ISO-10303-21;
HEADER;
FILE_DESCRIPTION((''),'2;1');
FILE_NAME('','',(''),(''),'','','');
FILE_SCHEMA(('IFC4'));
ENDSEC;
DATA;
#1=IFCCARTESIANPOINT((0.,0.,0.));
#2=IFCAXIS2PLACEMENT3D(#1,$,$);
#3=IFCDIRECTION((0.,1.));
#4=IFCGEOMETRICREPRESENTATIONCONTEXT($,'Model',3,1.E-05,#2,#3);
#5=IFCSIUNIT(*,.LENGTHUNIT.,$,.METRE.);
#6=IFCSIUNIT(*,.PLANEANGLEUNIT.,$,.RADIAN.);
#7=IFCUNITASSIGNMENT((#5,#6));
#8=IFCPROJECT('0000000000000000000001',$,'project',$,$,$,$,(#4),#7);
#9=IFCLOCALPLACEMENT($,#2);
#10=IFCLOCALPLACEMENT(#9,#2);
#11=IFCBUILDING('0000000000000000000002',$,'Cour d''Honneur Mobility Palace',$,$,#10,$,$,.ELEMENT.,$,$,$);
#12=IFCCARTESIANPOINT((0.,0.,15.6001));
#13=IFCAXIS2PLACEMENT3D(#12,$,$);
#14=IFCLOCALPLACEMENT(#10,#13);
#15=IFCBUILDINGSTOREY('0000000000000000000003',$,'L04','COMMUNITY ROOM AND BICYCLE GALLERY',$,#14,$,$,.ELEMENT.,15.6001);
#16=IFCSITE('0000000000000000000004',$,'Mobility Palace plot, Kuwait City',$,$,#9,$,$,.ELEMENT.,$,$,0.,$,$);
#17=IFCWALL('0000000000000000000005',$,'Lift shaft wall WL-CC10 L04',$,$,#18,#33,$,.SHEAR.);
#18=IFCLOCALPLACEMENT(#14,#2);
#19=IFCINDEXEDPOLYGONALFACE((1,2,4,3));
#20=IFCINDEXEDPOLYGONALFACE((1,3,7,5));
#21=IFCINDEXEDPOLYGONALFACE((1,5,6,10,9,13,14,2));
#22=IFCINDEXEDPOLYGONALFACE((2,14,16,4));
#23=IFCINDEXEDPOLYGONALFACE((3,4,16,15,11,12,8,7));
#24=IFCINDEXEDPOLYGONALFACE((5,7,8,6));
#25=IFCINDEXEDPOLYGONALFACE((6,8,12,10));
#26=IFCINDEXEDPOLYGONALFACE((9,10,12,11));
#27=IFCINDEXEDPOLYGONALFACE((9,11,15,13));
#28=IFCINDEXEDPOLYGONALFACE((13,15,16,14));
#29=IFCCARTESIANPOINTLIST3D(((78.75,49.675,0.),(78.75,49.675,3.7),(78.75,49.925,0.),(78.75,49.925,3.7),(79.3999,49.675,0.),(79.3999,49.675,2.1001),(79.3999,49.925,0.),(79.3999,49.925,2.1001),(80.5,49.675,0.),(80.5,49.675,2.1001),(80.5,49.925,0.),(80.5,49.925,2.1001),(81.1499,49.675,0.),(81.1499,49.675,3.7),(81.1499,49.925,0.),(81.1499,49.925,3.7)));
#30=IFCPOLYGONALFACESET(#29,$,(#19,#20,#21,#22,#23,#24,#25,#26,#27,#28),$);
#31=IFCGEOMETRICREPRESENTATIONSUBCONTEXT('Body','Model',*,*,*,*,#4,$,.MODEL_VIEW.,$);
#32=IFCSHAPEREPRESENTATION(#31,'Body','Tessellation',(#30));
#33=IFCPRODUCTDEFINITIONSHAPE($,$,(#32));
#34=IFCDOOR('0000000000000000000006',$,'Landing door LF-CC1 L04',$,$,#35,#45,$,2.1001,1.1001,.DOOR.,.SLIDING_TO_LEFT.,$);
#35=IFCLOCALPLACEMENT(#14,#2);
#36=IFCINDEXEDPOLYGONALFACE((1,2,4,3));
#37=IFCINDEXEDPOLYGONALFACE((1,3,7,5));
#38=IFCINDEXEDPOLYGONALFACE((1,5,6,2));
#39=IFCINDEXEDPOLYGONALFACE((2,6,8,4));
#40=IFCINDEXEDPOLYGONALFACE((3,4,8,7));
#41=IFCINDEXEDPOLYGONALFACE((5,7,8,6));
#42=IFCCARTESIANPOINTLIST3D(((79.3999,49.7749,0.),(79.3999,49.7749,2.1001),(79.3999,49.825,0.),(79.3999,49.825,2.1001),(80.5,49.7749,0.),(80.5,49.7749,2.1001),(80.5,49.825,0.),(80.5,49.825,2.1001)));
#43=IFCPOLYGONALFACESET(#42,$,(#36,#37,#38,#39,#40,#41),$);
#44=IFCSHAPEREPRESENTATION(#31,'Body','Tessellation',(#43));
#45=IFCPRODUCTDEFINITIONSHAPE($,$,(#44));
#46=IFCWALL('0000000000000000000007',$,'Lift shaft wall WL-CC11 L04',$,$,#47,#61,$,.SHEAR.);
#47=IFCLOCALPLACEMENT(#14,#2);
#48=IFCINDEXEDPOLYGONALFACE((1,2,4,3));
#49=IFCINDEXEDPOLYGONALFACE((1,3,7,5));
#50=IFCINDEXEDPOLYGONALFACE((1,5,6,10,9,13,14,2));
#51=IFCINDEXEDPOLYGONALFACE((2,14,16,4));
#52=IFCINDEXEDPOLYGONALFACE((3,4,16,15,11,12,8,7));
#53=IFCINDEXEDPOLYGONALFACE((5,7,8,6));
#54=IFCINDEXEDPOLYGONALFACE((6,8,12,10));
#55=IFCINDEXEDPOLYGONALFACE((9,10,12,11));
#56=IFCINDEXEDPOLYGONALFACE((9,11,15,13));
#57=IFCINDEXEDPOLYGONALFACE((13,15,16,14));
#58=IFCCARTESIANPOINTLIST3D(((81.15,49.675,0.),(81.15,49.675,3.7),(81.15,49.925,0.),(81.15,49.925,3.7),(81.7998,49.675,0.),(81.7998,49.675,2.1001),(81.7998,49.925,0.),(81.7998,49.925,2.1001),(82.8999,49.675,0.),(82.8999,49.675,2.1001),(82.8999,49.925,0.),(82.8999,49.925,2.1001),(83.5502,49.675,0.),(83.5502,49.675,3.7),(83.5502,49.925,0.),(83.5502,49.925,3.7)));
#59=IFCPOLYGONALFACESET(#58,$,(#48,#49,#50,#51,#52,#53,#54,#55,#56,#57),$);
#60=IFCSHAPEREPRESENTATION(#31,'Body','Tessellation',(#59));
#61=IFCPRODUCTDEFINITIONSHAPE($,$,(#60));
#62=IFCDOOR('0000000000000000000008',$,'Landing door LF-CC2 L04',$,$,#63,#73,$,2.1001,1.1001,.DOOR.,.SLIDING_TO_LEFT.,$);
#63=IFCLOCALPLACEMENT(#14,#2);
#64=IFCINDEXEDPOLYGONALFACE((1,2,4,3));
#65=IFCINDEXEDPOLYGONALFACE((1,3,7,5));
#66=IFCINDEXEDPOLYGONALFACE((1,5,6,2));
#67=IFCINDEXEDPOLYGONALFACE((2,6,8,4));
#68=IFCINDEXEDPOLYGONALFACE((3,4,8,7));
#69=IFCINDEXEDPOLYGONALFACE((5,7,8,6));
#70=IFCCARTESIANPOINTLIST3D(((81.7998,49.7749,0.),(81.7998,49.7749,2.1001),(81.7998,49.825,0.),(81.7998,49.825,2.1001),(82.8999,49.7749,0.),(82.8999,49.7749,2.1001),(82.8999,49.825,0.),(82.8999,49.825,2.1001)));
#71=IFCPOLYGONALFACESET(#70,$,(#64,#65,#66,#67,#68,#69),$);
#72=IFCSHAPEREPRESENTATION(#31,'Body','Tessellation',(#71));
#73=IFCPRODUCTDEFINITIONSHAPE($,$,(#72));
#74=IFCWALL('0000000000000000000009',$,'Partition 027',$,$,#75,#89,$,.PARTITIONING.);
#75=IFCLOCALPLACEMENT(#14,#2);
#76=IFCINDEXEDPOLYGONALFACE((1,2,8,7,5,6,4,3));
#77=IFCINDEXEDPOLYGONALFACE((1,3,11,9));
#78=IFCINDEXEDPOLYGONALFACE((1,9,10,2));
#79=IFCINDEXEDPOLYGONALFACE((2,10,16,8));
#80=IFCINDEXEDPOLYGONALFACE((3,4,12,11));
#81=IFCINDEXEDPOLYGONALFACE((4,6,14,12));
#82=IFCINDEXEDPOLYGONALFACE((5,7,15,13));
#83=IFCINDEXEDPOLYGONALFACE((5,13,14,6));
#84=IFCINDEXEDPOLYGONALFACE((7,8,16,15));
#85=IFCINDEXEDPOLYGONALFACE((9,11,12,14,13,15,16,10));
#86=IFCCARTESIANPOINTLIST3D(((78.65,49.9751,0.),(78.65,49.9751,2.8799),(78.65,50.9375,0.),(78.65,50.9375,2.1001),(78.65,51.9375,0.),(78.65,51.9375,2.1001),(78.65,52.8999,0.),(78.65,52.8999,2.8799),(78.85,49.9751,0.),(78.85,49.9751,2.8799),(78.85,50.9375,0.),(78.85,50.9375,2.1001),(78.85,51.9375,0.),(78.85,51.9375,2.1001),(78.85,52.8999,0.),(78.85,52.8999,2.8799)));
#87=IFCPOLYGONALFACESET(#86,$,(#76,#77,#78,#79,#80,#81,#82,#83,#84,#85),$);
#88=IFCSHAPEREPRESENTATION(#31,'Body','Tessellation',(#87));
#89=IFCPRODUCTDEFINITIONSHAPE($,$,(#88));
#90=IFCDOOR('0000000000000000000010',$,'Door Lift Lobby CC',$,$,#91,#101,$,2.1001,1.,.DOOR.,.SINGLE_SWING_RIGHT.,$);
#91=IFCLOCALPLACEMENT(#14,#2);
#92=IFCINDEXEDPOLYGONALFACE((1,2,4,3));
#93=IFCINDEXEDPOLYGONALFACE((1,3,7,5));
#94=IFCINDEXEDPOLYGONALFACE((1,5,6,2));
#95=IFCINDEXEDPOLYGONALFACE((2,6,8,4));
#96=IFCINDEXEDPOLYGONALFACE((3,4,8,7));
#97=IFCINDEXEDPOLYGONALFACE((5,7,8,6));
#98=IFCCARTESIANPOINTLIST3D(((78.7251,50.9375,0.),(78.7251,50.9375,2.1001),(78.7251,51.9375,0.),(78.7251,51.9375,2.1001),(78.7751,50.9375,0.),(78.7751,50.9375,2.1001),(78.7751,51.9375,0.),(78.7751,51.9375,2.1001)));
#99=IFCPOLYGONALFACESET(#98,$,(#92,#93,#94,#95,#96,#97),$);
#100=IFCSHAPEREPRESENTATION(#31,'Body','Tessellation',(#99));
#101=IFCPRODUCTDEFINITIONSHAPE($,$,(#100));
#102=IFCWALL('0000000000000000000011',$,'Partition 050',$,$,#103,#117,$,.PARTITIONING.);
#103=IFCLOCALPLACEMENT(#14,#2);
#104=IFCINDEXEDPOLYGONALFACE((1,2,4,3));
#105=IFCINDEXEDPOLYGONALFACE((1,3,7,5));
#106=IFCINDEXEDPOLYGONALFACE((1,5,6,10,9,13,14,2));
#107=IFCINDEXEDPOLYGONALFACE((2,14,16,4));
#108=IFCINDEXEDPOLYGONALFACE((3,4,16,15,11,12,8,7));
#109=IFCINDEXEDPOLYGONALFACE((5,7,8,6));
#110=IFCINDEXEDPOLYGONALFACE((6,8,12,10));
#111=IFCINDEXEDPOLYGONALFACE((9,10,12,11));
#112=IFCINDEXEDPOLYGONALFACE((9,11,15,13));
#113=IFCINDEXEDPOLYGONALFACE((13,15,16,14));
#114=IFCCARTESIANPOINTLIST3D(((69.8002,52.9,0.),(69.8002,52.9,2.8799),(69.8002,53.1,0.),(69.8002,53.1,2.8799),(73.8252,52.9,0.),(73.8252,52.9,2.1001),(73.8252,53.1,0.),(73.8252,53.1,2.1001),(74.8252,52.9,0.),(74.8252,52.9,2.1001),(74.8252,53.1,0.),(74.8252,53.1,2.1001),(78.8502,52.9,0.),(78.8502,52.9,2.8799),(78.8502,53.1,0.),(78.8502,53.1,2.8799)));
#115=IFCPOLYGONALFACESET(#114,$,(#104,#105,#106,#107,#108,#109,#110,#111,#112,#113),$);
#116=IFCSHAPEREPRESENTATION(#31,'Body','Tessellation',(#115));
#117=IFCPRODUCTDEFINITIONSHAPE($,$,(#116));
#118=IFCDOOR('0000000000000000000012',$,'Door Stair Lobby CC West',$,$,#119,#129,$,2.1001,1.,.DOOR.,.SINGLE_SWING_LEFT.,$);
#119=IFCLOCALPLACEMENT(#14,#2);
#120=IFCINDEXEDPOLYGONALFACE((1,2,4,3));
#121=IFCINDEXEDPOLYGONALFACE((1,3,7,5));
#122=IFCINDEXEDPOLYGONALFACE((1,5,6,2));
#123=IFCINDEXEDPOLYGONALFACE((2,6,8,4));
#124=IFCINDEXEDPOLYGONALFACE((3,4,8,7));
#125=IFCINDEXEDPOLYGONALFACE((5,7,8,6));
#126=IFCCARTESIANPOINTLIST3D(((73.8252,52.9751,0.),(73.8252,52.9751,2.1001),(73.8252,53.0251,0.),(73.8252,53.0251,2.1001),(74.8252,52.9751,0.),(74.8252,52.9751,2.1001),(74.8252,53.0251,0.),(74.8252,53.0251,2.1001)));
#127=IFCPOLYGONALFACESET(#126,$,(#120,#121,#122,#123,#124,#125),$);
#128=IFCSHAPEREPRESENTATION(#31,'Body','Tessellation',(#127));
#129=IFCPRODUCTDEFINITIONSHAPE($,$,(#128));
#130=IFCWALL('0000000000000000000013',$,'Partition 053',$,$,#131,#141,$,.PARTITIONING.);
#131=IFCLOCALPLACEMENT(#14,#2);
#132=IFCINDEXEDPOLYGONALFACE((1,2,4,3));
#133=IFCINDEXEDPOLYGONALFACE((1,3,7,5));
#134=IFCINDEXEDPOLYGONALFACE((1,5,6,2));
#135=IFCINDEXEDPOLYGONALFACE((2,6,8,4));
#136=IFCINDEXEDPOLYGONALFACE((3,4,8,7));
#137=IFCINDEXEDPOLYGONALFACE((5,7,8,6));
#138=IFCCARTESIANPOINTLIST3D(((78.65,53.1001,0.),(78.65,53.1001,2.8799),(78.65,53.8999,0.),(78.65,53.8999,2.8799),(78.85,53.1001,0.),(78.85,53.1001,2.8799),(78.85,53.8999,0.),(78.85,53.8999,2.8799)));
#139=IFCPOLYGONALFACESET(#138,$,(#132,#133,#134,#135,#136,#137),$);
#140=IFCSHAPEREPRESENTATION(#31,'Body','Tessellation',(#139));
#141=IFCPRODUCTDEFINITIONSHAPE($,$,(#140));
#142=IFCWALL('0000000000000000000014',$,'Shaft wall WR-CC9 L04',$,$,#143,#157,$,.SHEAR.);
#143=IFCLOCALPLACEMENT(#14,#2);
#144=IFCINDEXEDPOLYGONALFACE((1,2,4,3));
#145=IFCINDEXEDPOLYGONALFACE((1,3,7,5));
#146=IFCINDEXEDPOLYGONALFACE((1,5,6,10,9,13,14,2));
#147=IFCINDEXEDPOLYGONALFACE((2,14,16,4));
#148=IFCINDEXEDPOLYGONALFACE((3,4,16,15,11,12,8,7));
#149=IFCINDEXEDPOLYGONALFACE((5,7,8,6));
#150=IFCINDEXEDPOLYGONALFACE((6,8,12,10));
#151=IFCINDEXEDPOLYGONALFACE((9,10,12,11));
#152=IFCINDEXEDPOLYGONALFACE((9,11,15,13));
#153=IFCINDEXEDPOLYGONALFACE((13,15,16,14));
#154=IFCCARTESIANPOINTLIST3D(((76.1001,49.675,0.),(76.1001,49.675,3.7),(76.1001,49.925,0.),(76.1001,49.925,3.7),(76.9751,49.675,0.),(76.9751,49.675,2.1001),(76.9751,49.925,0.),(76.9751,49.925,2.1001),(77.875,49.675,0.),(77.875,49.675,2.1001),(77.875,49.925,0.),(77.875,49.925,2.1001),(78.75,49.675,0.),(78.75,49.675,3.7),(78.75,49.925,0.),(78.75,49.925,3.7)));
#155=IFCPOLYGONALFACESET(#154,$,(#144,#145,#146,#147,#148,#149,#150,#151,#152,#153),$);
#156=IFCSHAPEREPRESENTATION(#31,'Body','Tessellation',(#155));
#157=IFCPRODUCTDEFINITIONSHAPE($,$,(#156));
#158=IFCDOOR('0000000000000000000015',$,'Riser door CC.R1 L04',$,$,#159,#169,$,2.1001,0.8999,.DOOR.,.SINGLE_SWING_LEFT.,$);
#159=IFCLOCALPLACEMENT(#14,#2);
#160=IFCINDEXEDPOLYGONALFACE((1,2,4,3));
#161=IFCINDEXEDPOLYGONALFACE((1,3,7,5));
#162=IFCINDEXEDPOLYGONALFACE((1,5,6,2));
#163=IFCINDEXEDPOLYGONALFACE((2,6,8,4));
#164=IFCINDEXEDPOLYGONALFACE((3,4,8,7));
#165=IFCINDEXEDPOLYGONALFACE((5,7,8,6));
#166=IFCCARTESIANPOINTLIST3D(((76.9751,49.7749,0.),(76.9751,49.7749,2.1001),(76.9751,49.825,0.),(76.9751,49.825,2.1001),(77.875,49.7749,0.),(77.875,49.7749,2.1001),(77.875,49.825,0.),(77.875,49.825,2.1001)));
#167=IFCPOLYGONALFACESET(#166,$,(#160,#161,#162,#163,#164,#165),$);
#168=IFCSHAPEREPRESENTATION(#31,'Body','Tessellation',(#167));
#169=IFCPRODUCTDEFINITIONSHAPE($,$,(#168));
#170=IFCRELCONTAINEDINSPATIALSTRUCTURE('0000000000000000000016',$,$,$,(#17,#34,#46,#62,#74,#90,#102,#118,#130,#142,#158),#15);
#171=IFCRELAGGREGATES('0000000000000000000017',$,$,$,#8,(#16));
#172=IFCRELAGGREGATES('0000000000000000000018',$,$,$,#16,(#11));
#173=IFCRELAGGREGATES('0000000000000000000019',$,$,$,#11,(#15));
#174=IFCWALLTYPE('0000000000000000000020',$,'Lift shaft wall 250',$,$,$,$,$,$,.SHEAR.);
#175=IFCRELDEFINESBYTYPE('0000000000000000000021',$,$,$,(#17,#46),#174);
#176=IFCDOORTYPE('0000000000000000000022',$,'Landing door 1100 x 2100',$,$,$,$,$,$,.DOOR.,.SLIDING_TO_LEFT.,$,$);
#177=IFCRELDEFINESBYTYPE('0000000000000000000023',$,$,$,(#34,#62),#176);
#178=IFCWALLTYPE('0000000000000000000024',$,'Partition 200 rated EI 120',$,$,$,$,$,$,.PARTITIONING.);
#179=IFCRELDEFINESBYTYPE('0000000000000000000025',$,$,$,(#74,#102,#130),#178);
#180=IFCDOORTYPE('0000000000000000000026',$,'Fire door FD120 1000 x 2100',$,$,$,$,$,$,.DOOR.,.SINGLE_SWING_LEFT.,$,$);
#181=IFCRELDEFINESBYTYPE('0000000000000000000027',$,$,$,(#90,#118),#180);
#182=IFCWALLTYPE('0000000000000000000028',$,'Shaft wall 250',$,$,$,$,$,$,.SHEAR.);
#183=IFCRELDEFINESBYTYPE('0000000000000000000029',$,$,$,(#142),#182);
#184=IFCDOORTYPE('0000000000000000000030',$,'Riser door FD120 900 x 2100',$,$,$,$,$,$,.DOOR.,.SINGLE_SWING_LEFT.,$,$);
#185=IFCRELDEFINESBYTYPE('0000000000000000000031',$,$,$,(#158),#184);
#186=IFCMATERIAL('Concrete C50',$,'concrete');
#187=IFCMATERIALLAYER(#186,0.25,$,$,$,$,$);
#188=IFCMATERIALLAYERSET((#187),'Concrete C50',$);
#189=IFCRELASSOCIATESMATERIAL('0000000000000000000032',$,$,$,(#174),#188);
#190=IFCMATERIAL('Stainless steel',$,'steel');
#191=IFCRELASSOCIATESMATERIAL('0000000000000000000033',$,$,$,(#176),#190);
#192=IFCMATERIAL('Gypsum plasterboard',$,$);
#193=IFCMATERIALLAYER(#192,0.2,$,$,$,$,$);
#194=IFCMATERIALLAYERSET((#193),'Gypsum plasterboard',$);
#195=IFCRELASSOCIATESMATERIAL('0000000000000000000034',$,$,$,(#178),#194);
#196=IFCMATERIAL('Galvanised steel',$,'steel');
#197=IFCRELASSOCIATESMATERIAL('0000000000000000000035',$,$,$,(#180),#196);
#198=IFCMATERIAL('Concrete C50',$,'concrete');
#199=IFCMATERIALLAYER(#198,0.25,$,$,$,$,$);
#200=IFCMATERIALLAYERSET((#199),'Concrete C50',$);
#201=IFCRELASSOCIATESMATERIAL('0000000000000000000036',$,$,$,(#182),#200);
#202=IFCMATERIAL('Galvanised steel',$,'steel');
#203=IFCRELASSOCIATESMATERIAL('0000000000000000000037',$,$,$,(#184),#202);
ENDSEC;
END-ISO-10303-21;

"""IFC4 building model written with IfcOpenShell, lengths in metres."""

from ifc_helpers import new_model, si_unit, direction, frame, frame_2d, origin, place, context, subcontext, project, spatial, rectangle, extrude, material, layer, layer_set, type_object, element, fill, save


model = new_model("IFC4")

# Units and contexts
model_context = context("Model", 3, precision=1e-05, world=origin(), true_north=direction((0.0, 1.0)))
body_context = subcontext(model_context, "Body", "Model", "MODEL_VIEW")
ifc_project = project(units=[si_unit("LENGTHUNIT", "METRE"), si_unit("PLANEANGLEUNIT", "RADIAN")], contexts=[model_context])

# Site, building, storey
site_placement = place(None, origin())
site = spatial("IfcSite", under=ifc_project, at=site_placement, Name="Mobility Palace plot, Kuwait City", CompositionType="ELEMENT", RefElevation=0.0)
building_placement = place(site_placement, origin())
building = spatial("IfcBuilding", under=site, at=building_placement, Name="Cour d'Honneur Mobility Palace", CompositionType="ELEMENT")
storey_placement = place(building_placement, frame((0.0, 0.0, 15.6001)))
storey = spatial("IfcBuildingStorey", under=building, at=storey_placement, Name="L04", Description="COMMUNITY ROOM AND BICYCLE GALLERY", CompositionType="ELEMENT", Elevation=15.6001)

# Walls, openings, doors
ifc_material_1 = material(Name="Concrete C50", Category="concrete")
ifc_layer_1 = layer(ifc_material_1, 0.25)
ifc_layer_set_1 = layer_set([ifc_layer_1], Name="Concrete C50")
wall_type_1 = type_object("IfcWallType", Name="Lift shaft wall 250", PredefinedType="SHEAR", material=ifc_layer_set_1)
wall_1_placement = place(storey_placement, frame((78.75, 49.8, 0.0), z_axis=(0.0, 0.0, 1.0), x_axis=(1.0, 0.0, 0.0)))
wall_1 = element("IfcWall", 1, at=wall_1_placement, inside=storey, type_object=wall_type_1, Name="Lift shaft wall WL-CC10 L04", PredefinedType="SHEAR", context=body_context, shape_type="SweptSolid", body=[
    extrude(rectangle(XDim=2.3999, YDim=0.25, at=frame_2d((1.2, 0.0))), origin(), (0.0, 0.0, 1.0), 3.7),
])
opening_1_placement = place(wall_1_placement, frame((0.6499, 0.0, 0.0)))
opening_1 = element("IfcOpeningElement", 2, at=opening_1_placement, cuts=wall_1, PredefinedType="OPENING", context=body_context, shape_type="SweptSolid", body=[
    extrude(rectangle(XDim=1.1001, YDim=2.1001, at=frame_2d((0.55, 1.05))), frame((0.0, 0.135, 0.0), z_axis=(0.0, -1.0, 0.0), x_axis=(1.0, 0.0, 0.0)), (0.0, 0.0, 1.0), 0.27),
])
ifc_material_2 = material(Name="Stainless steel", Category="steel")
door_type_1 = type_object("IfcDoorType", Name="Landing door 1100 x 2100", OperationType="SLIDING_TO_LEFT", PredefinedType="DOOR", material=ifc_material_2)
door_1_placement = place(opening_1_placement, origin())
door_1 = element("IfcDoor", 3, at=door_1_placement, inside=storey, type_object=door_type_1, Name="Landing door LF-CC1 L04", OperationType="SLIDING_TO_LEFT", OverallHeight=2.1001, OverallWidth=1.1001, PredefinedType="DOOR", context=body_context, shape_type="SweptSolid", body=[
    extrude(rectangle(XDim=1.1001, YDim=2.1001, at=frame_2d((0.55, 1.05))), frame((0.0, 0.0249, 0.0), z_axis=(0.0, -1.0, 0.0), x_axis=(1.0, 0.0, 0.0)), (0.0, 0.0, 1.0), 0.05),
])
fill(opening_1, door_1)
wall_2_placement = place(storey_placement, frame((81.1499, 49.8, 0.0), z_axis=(0.0, 0.0, 1.0), x_axis=(1.0, 0.0, 0.0)))
wall_2 = element("IfcWall", 4, at=wall_2_placement, inside=storey, type_object=wall_type_1, Name="Lift shaft wall WL-CC11 L04", PredefinedType="SHEAR", context=body_context, shape_type="SweptSolid", body=[
    extrude(rectangle(XDim=2.4001, YDim=0.25, at=frame_2d((1.2002, 0.0))), origin(), (0.0, 0.0, 1.0), 3.7),
])
opening_2_placement = place(wall_2_placement, frame((0.6499, 0.0, 0.0)))
opening_2 = element("IfcOpeningElement", 5, at=opening_2_placement, cuts=wall_2, PredefinedType="OPENING", context=body_context, shape_type="SweptSolid", body=[
    extrude(rectangle(XDim=1.1001, YDim=2.1001, at=frame_2d((0.55, 1.05))), frame((0.0, 0.135, 0.0), z_axis=(0.0, -1.0, 0.0), x_axis=(1.0, 0.0, 0.0)), (0.0, 0.0, 1.0), 0.27),
])
door_2_placement = place(opening_2_placement, origin())
door_2 = element("IfcDoor", 6, at=door_2_placement, inside=storey, type_object=door_type_1, Name="Landing door LF-CC2 L04", OperationType="SLIDING_TO_LEFT", OverallHeight=2.1001, OverallWidth=1.1001, PredefinedType="DOOR", context=body_context, shape_type="SweptSolid", body=[
    extrude(rectangle(XDim=1.1001, YDim=2.1001, at=frame_2d((0.55, 1.05))), frame((0.0, 0.0249, 0.0), z_axis=(0.0, -1.0, 0.0), x_axis=(1.0, 0.0, 0.0)), (0.0, 0.0, 1.0), 0.05),
])
fill(opening_2, door_2)
ifc_material_3 = material(Name="Gypsum plasterboard")
ifc_layer_2 = layer(ifc_material_3, 0.2)
ifc_layer_set_2 = layer_set([ifc_layer_2], Name="Gypsum plasterboard")
wall_type_2 = type_object("IfcWallType", Name="Partition 200 rated EI 120", PredefinedType="PARTITIONING", material=ifc_layer_set_2)
wall_3_placement = place(storey_placement, frame((78.75, 49.9751, 0.0), z_axis=(0.0, 0.0, 1.0), x_axis=(0.0, 1.0, 0.0)))
wall_3 = element("IfcWall", 7, at=wall_3_placement, inside=storey, type_object=wall_type_2, Name="Partition 027", PredefinedType="PARTITIONING", context=body_context, shape_type="SweptSolid", body=[
    extrude(rectangle(XDim=2.9248, YDim=0.2, at=frame_2d((1.4624, 0.0))), origin(), (0.0, 0.0, 1.0), 2.8799),
])
opening_3_placement = place(wall_3_placement, frame((0.9624, 0.0, 0.0)))
opening_3 = element("IfcOpeningElement", 8, at=opening_3_placement, cuts=wall_3, PredefinedType="OPENING", context=body_context, shape_type="SweptSolid", body=[
    extrude(rectangle(XDim=1.0, YDim=2.1001, at=frame_2d((0.5, 1.05))), frame((0.0, 0.1099, 0.0), z_axis=(0.0, -1.0, 0.0), x_axis=(1.0, 0.0, 0.0)), (0.0, 0.0, 1.0), 0.22),
])
ifc_material_4 = material(Name="Galvanised steel", Category="steel")
door_type_2 = type_object("IfcDoorType", Name="Fire door FD120 1000 x 2100", OperationType="SINGLE_SWING_LEFT", PredefinedType="DOOR", material=ifc_material_4)
door_3_placement = place(opening_3_placement, origin())
door_3 = element("IfcDoor", 9, at=door_3_placement, inside=storey, type_object=door_type_2, Name="Door Lift Lobby CC", OperationType="SINGLE_SWING_RIGHT", OverallHeight=2.1001, OverallWidth=1.0, PredefinedType="DOOR", context=body_context, shape_type="SweptSolid", body=[
    extrude(rectangle(XDim=1.0, YDim=2.1001, at=frame_2d((0.5, 1.05))), frame((0.0, 0.0249, 0.0), z_axis=(0.0, -1.0, 0.0), x_axis=(1.0, 0.0, 0.0)), (0.0, 0.0, 1.0), 0.05),
])
fill(opening_3, door_3)
wall_4_placement = place(storey_placement, frame((78.8501, 53.0, 0.0), z_axis=(0.0, 0.0, 1.0), x_axis=(-1.0, 0.0, 0.0)))
wall_4 = element("IfcWall", 10, at=wall_4_placement, inside=storey, type_object=wall_type_2, Name="Partition 050", PredefinedType="PARTITIONING", context=body_context, shape_type="SweptSolid", body=[
    extrude(rectangle(XDim=9.05, YDim=0.2, at=frame_2d((4.5249, 0.0))), origin(), (0.0, 0.0, 1.0), 2.8799),
])
opening_4_placement = place(wall_4_placement, frame((4.0249, 0.0, 0.0)))
opening_4 = element("IfcOpeningElement", 11, at=opening_4_placement, cuts=wall_4, PredefinedType="OPENING", context=body_context, shape_type="SweptSolid", body=[
    extrude(rectangle(XDim=1.0, YDim=2.1001, at=frame_2d((0.5, 1.05))), frame((0.0, 0.1099, 0.0), z_axis=(0.0, -1.0, 0.0), x_axis=(1.0, 0.0, 0.0)), (0.0, 0.0, 1.0), 0.22),
])
door_4_placement = place(opening_4_placement, origin())
door_4 = element("IfcDoor", 12, at=door_4_placement, inside=storey, type_object=door_type_2, Name="Door Stair Lobby CC West", OperationType="SINGLE_SWING_LEFT", OverallHeight=2.1001, OverallWidth=1.0, PredefinedType="DOOR", context=body_context, shape_type="SweptSolid", body=[
    extrude(rectangle(XDim=1.0, YDim=2.1001, at=frame_2d((0.5, 1.05))), frame((0.0, 0.0249, 0.0), z_axis=(0.0, -1.0, 0.0), x_axis=(1.0, 0.0, 0.0)), (0.0, 0.0, 1.0), 0.05),
])
fill(opening_4, door_4)

# Wall
wall_5_placement = place(storey_placement, frame((78.75, 53.8999, 0.0), z_axis=(0.0, 0.0, 1.0), x_axis=(0.0, -1.0, 0.0)))
element("IfcWall", 13, at=wall_5_placement, inside=storey, type_object=wall_type_2, Name="Partition 053", PredefinedType="PARTITIONING", context=body_context, shape_type="SweptSolid", body=[
    extrude(rectangle(XDim=0.7998, YDim=0.2, at=frame_2d((0.3999, 0.0))), origin(), (0.0, 0.0, 1.0), 2.8799),
])

# Wall, opening, door
ifc_material_5 = material(Name="Concrete C50", Category="concrete")
ifc_layer_3 = layer(ifc_material_5, 0.25)
ifc_layer_set_3 = layer_set([ifc_layer_3], Name="Concrete C50")
wall_type_3 = type_object("IfcWallType", Name="Shaft wall 250", PredefinedType="SHEAR", material=ifc_layer_set_3)
wall_6_placement = place(storey_placement, frame((76.1001, 49.8, 0.0), z_axis=(0.0, 0.0, 1.0), x_axis=(1.0, 0.0, 0.0)))
wall_6 = element("IfcWall", 14, at=wall_6_placement, inside=storey, type_object=wall_type_3, Name="Shaft wall WR-CC9 L04", PredefinedType="SHEAR", context=body_context, shape_type="SweptSolid", body=[
    extrude(rectangle(XDim=2.6499, YDim=0.25, at=frame_2d((1.325, 0.0))), origin(), (0.0, 0.0, 1.0), 3.7),
])
opening_5_placement = place(wall_6_placement, frame((0.875, 0.0, 0.0)))
opening_5 = element("IfcOpeningElement", 15, at=opening_5_placement, cuts=wall_6, PredefinedType="OPENING", context=body_context, shape_type="SweptSolid", body=[
    extrude(rectangle(XDim=0.8999, YDim=2.1001, at=frame_2d((0.45, 1.05))), frame((0.0, 0.135, 0.0), z_axis=(0.0, -1.0, 0.0), x_axis=(1.0, 0.0, 0.0)), (0.0, 0.0, 1.0), 0.27),
])
ifc_material_6 = material(Name="Galvanised steel", Category="steel")
door_type_3 = type_object("IfcDoorType", Name="Riser door FD120 900 x 2100", OperationType="SINGLE_SWING_LEFT", PredefinedType="DOOR", material=ifc_material_6)
door_5_placement = place(opening_5_placement, origin())
door_5 = element("IfcDoor", 16, at=door_5_placement, inside=storey, type_object=door_type_3, Name="Riser door CC.R1 L04", OperationType="SINGLE_SWING_LEFT", OverallHeight=2.1001, OverallWidth=0.8999, PredefinedType="DOOR", context=body_context, shape_type="SweptSolid", body=[
    extrude(rectangle(XDim=0.8999, YDim=2.1001, at=frame_2d((0.45, 1.05))), frame((0.0, 0.0249, 0.0), z_axis=(0.0, -1.0, 0.0), x_axis=(1.0, 0.0, 0.0)), (0.0, 0.0, 1.0), 0.05),
])
fill(opening_5, door_5)

save(model, "model.ifc")
